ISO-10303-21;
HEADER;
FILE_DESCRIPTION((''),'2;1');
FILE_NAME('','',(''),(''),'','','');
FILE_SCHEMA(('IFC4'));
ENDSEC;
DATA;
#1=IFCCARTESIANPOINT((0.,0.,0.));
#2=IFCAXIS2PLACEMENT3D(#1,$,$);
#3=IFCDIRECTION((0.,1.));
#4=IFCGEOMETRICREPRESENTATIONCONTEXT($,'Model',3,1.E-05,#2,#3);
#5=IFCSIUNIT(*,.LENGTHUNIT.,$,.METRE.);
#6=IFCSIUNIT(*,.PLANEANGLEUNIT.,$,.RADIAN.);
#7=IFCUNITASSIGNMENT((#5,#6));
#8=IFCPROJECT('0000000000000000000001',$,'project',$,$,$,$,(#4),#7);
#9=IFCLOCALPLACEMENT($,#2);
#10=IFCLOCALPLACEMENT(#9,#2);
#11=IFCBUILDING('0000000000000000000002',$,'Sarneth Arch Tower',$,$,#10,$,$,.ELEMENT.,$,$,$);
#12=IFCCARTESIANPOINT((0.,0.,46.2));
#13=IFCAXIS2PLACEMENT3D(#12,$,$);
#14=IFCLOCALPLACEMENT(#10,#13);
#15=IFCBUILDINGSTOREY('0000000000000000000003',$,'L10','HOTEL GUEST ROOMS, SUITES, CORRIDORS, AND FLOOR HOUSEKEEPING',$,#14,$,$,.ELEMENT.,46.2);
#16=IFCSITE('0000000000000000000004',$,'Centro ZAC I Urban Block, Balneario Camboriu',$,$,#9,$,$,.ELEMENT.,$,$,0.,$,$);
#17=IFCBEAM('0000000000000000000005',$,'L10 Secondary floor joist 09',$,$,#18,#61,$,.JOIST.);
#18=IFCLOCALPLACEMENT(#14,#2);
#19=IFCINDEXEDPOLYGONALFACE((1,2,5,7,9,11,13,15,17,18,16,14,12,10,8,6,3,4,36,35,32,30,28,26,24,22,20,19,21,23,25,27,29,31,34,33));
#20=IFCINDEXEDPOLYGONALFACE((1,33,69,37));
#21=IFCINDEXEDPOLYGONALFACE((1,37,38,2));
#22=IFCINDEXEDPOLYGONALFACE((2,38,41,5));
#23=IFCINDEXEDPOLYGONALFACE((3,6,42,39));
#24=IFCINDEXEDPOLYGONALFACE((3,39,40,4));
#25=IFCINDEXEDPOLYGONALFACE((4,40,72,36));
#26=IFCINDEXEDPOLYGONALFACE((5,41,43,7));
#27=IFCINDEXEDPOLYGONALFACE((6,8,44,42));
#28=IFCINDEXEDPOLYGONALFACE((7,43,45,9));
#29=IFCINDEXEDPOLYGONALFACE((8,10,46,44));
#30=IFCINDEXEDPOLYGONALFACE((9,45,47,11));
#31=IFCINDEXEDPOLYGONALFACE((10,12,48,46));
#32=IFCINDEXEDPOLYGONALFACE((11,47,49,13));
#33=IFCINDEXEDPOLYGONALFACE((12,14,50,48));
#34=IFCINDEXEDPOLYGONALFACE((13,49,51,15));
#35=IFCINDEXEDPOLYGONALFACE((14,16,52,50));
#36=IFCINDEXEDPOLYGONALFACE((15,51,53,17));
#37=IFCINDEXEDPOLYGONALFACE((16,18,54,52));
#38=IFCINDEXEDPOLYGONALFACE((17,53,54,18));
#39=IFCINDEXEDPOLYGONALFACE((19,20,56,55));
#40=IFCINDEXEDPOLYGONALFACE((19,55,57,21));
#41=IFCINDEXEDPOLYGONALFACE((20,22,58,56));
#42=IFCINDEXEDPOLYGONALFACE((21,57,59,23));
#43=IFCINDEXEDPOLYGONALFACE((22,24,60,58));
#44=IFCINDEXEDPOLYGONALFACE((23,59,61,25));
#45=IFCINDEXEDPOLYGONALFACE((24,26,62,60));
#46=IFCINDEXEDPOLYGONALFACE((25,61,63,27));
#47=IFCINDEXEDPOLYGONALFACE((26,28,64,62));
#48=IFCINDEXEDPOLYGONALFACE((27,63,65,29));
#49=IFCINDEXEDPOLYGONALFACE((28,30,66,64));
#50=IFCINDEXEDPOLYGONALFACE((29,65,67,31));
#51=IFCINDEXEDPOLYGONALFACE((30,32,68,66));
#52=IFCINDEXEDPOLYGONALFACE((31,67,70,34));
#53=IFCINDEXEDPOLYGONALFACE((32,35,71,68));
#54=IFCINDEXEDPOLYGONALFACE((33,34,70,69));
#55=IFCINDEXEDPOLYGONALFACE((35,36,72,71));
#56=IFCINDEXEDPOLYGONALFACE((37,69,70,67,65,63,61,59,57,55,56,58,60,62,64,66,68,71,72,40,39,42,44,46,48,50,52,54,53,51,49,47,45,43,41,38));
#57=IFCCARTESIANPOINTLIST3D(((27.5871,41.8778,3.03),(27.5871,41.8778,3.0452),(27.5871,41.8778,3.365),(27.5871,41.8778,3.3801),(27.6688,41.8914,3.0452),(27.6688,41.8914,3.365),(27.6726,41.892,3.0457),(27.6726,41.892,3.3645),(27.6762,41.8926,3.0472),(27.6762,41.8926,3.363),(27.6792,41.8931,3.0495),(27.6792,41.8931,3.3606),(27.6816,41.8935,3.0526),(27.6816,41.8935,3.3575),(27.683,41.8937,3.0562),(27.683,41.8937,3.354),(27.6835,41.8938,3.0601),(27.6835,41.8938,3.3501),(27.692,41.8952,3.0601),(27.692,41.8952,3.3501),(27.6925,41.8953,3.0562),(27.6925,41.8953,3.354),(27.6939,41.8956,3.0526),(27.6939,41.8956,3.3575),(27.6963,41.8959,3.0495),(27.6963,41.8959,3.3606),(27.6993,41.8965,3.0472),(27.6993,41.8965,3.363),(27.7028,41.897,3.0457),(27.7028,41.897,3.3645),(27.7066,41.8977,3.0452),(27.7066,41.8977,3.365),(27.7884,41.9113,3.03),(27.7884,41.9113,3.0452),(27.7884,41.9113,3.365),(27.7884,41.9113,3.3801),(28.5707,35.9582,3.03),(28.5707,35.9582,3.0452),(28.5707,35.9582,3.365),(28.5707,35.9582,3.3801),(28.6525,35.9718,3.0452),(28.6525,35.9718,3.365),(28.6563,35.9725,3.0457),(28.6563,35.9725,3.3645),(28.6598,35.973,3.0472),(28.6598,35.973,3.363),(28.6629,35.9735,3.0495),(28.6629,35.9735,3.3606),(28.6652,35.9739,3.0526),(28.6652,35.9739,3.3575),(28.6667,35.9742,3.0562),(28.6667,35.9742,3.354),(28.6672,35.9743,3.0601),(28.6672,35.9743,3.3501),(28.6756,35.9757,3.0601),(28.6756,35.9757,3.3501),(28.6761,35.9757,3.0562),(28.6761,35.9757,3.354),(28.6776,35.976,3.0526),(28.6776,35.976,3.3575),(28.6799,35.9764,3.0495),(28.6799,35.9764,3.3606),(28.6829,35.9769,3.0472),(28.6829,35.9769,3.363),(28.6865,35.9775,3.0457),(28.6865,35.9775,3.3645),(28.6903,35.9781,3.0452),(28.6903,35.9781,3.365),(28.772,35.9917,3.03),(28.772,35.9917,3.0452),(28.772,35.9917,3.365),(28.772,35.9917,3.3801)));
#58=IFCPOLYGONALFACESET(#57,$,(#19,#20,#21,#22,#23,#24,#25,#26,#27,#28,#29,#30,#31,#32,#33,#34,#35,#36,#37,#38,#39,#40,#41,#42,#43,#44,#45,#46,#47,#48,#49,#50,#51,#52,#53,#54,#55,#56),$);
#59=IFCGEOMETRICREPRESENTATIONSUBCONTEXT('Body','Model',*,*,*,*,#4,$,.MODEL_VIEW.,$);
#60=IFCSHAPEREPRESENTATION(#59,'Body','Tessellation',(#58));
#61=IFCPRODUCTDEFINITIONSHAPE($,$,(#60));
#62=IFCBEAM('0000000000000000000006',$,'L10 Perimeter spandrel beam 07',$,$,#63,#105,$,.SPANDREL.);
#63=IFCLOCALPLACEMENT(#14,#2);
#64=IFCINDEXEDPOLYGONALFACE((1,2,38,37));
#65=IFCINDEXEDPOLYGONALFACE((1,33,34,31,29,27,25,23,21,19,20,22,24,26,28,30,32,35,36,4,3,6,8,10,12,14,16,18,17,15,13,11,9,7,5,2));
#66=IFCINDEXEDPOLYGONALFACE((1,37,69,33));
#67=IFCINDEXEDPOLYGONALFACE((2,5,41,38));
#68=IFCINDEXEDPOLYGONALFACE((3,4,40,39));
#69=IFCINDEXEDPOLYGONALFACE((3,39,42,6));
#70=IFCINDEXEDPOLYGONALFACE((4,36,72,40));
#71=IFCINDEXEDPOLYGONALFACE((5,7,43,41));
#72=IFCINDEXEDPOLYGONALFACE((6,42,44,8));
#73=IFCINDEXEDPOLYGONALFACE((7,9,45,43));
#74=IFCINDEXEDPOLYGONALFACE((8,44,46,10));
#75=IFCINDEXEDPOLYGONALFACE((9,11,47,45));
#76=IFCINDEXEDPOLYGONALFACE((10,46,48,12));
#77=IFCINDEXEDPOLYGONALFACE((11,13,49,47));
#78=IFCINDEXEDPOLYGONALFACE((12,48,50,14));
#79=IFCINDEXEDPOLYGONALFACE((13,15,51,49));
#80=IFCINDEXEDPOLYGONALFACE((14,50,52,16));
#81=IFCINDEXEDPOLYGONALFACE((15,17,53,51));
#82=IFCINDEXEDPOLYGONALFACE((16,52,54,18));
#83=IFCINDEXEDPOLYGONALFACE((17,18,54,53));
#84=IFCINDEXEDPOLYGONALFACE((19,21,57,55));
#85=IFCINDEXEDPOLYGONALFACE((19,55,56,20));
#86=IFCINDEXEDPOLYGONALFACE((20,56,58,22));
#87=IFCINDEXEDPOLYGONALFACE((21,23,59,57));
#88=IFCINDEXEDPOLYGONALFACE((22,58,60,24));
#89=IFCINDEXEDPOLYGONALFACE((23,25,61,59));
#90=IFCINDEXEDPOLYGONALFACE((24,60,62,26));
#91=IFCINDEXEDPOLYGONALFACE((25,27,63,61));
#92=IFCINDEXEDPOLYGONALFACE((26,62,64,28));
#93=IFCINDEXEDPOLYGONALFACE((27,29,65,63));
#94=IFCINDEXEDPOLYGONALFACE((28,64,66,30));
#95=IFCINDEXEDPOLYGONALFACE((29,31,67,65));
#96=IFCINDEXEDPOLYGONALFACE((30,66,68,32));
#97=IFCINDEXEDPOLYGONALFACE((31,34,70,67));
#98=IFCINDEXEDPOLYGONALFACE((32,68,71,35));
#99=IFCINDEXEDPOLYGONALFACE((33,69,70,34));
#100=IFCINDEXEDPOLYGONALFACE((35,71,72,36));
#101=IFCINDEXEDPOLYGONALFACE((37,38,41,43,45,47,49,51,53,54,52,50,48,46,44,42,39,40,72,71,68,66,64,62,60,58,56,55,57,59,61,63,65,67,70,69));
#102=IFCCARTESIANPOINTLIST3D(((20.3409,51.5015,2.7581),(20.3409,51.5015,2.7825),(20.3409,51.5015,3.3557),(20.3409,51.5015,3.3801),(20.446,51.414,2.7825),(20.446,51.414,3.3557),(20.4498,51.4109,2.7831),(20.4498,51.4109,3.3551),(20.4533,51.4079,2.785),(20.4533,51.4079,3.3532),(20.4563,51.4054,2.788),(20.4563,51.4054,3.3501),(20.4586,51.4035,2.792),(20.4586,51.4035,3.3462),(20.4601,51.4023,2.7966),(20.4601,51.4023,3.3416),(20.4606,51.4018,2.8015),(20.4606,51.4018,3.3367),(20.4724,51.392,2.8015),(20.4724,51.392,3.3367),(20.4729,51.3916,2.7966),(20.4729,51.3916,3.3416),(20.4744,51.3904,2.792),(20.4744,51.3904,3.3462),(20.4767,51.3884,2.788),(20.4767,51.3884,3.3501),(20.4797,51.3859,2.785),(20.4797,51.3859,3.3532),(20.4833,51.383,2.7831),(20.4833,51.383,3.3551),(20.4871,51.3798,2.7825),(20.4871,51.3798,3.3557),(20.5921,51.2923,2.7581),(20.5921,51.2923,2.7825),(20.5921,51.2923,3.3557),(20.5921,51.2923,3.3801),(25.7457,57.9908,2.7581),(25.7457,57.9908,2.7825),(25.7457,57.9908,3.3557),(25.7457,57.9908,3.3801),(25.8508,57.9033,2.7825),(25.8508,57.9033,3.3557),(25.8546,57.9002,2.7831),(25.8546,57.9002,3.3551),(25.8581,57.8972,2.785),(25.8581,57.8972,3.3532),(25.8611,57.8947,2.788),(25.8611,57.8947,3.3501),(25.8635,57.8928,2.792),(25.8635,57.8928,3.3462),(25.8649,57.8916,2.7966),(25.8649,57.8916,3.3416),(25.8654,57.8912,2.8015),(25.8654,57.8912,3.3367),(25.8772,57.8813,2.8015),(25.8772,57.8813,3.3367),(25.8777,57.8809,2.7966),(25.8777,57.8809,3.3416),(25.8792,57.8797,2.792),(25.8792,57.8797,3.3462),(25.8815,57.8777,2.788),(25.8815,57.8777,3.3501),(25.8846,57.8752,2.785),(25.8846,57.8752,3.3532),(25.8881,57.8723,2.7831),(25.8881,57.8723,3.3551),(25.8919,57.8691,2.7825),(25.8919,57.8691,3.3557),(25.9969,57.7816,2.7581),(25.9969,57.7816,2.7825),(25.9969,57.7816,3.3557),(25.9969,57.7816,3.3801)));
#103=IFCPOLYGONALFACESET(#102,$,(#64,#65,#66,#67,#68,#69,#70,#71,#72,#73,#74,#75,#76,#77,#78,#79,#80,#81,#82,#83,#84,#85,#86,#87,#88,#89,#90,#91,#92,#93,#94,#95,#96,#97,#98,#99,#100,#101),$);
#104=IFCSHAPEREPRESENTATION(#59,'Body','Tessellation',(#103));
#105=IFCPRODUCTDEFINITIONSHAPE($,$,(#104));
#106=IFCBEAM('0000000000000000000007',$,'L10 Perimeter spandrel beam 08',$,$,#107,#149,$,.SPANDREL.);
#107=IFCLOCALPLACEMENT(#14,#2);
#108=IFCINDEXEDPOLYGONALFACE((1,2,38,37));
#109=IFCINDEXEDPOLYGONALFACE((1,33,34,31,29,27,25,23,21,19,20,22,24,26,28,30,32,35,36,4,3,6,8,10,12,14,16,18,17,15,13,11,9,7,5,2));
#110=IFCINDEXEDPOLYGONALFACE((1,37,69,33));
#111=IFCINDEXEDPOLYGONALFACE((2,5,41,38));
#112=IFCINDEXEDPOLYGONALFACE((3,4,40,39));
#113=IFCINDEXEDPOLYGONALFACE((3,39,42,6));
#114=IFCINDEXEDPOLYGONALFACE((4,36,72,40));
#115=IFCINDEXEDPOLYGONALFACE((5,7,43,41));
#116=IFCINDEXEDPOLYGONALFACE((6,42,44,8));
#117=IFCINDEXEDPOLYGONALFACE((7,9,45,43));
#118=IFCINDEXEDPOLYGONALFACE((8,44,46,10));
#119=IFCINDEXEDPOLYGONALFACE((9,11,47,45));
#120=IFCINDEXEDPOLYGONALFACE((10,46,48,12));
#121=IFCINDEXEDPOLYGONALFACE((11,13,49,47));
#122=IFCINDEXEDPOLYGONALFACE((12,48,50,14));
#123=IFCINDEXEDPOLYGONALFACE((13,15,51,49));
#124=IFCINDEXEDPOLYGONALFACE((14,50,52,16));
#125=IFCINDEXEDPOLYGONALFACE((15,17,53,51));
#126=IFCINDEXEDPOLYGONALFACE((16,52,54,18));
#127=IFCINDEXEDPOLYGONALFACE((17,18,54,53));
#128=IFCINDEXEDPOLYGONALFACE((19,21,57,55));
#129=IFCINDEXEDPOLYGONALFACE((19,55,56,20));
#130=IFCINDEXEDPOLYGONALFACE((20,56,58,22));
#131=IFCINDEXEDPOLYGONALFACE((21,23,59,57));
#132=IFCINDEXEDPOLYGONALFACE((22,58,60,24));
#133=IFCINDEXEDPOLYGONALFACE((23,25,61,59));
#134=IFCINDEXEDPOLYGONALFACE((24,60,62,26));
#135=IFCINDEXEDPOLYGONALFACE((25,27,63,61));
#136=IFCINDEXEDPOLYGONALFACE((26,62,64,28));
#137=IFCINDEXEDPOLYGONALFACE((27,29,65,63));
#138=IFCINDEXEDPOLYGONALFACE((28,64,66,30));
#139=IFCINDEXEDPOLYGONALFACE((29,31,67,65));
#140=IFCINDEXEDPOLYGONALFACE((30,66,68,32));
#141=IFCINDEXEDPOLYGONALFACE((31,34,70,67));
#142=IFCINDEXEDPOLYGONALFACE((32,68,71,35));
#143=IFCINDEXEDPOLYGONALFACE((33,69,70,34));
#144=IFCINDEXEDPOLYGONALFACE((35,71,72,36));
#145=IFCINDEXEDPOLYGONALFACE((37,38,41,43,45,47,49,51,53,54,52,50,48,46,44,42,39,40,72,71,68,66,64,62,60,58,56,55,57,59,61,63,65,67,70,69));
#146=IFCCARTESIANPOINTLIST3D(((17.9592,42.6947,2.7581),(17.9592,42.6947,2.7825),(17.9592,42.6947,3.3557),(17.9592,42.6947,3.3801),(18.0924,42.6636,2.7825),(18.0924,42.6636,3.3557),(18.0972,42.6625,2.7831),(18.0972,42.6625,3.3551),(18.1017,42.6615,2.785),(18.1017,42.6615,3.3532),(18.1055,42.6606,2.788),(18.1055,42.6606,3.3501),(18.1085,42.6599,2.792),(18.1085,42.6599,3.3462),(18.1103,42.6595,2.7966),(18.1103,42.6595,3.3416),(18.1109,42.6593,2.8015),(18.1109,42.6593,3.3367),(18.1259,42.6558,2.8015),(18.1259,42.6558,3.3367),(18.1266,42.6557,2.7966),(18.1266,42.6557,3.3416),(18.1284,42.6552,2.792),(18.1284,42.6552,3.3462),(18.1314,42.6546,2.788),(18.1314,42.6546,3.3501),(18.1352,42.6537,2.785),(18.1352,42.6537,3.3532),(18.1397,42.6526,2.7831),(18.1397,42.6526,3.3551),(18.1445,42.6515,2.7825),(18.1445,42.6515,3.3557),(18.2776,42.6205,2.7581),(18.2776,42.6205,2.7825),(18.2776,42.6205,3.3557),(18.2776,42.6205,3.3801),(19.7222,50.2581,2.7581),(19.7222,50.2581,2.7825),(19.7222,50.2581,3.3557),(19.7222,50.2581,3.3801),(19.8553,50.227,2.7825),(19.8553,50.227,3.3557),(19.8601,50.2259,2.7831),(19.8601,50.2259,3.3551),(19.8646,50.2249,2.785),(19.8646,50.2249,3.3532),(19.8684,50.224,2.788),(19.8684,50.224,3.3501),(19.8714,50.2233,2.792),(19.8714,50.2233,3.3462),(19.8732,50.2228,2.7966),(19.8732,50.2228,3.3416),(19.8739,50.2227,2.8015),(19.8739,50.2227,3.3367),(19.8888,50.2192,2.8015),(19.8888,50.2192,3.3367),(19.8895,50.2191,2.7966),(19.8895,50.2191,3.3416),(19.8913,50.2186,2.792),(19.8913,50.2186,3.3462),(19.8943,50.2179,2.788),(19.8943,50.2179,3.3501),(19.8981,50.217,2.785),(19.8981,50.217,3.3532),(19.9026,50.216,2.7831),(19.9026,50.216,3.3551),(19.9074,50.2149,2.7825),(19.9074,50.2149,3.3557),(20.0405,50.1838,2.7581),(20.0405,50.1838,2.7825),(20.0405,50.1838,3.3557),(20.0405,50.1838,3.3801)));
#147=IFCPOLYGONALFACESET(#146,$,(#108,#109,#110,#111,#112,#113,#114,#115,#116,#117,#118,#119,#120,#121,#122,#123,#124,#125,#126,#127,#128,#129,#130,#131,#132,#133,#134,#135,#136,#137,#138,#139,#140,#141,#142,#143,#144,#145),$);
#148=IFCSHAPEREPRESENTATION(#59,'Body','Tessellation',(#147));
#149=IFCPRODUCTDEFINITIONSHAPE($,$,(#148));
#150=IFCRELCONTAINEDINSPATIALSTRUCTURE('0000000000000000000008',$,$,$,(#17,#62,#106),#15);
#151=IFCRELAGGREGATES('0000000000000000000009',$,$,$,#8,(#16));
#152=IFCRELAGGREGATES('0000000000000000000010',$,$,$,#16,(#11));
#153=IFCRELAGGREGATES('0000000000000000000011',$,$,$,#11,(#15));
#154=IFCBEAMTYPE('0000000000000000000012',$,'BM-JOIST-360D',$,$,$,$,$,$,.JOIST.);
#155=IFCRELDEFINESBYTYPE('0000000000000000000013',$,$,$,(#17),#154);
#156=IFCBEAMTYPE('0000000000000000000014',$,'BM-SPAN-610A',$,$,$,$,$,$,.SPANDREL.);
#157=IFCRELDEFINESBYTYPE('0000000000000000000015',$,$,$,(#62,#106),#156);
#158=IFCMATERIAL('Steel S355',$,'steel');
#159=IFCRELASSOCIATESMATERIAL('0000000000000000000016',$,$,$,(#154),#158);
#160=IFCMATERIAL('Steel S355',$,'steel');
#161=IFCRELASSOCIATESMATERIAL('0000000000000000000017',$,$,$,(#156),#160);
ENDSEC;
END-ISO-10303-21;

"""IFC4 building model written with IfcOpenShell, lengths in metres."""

from ifc_helpers import new_model, si_unit, direction, frame, origin, origin_2d, place, context, subcontext, project, spatial, i_section, extrude, material, material_profile, profile_set, type_object, element, save


model = new_model("IFC4")

# Units and contexts
model_context = context("Model", 3, precision=1e-05, world=origin(), true_north=direction((0.0, 1.0)))
body_context = subcontext(model_context, "Body", "Model", "MODEL_VIEW")
ifc_project = project(units=[si_unit("LENGTHUNIT", "METRE"), si_unit("PLANEANGLEUNIT", "RADIAN")], contexts=[model_context])

# Site, building, storey
site_placement = place(None, origin())
site = spatial("IfcSite", under=ifc_project, at=site_placement, Name="Centro ZAC I Urban Block, Balneario Camboriu", CompositionType="ELEMENT", RefElevation=0.0)
building_placement = place(site_placement, origin())
building = spatial("IfcBuilding", under=site, at=building_placement, Name="Sarneth Arch Tower", CompositionType="ELEMENT")
storey_placement = place(building_placement, frame((0.0, 0.0, 46.2)))
storey = spatial("IfcBuildingStorey", under=building, at=storey_placement, Name="L10", Description="HOTEL GUEST ROOMS, SUITES, CORRIDORS, AND FLOOR HOUSEKEEPING", CompositionType="ELEMENT", Elevation=46.2)

# Beams
ifc_material_1 = material(Name="Steel S355", Category="steel")
ifc_material_profile_1 = material_profile(ifc_material_1, i_section(OverallWidth=0.2041, OverallDepth=0.3501, WebThickness=0.0085, FlangeThickness=0.0151, FilletRadius=0.0149, at=origin_2d()), Name="W360x72")
ifc_profile_set_1 = profile_set([ifc_material_profile_1], Name="Steel S355")
beam_type_1 = type_object("IfcBeamType", Name="BM-JOIST-360D", PredefinedType="JOIST", material=ifc_profile_set_1)
for number, where, z_axis, x_axis, name in (
    (1, (27.6877, 41.8945, 3.2051), (0.163917, -0.986474, 0.0), (0.986474, 0.163917, 0.0), "L10 Secondary floor joist 09"),
):
    element("IfcBeam", number, at=place(storey_placement, frame(where, z_axis=z_axis, x_axis=x_axis)), inside=storey, type_object=beam_type_1, Name=name, PredefinedType="JOIST", context=body_context, shape_type="SweptSolid", body=[
        extrude(i_section(OverallWidth=0.2041, OverallDepth=0.3501, WebThickness=0.0085, FlangeThickness=0.0151, FilletRadius=0.0149, at=origin_2d()), origin(), (0.0, 0.0, 1.0), 6.0007),
    ])
ifc_material_2 = material(Name="Steel S355", Category="steel")
ifc_material_profile_2 = material_profile(ifc_material_2, i_section(OverallWidth=0.3269, OverallDepth=0.6221, WebThickness=0.0154, FlangeThickness=0.0244, FilletRadius=0.019, at=origin_2d()), Name="W610x195")
ifc_profile_set_2 = profile_set([ifc_material_profile_2], Name="Steel S355")
beam_type_2 = type_object("IfcBeamType", Name="BM-SPAN-610A", PredefinedType="SPANDREL", material=ifc_profile_set_2)
beam_1_placement = place(storey_placement, frame((25.8713, 57.8862, 3.0691), z_axis=(-0.63998, -0.768392, 0.0), x_axis=(0.768392, -0.63998, 0.0)))
element("IfcBeam", 2, at=beam_1_placement, inside=storey, type_object=beam_type_2, Name="L10 Perimeter spandrel beam 07", PredefinedType="SPANDREL", context=body_context, shape_type="SweptSolid", body=[
    extrude(i_section(OverallWidth=0.3269, OverallDepth=0.6221, WebThickness=0.0154, FlangeThickness=0.0244, FilletRadius=0.019, at=origin_2d()), origin(), (0.0, 0.0, 1.0), 8.4453),
])
beam_2_placement = place(storey_placement, frame((19.8813, 50.2209, 3.0691), z_axis=(-0.227001, -0.973895, 0.0), x_axis=(0.973895, -0.227001, 0.0)))
element("IfcBeam", 3, at=beam_2_placement, inside=storey, type_object=beam_type_2, Name="L10 Perimeter spandrel beam 08", PredefinedType="SPANDREL", context=body_context, shape_type="SweptSolid", body=[
    extrude(i_section(OverallWidth=0.3269, OverallDepth=0.6221, WebThickness=0.0154, FlangeThickness=0.0244, FilletRadius=0.019, at=origin_2d()), origin(), (0.0, 0.0, 1.0), 7.7661),
])

save(model, "model.ifc")
